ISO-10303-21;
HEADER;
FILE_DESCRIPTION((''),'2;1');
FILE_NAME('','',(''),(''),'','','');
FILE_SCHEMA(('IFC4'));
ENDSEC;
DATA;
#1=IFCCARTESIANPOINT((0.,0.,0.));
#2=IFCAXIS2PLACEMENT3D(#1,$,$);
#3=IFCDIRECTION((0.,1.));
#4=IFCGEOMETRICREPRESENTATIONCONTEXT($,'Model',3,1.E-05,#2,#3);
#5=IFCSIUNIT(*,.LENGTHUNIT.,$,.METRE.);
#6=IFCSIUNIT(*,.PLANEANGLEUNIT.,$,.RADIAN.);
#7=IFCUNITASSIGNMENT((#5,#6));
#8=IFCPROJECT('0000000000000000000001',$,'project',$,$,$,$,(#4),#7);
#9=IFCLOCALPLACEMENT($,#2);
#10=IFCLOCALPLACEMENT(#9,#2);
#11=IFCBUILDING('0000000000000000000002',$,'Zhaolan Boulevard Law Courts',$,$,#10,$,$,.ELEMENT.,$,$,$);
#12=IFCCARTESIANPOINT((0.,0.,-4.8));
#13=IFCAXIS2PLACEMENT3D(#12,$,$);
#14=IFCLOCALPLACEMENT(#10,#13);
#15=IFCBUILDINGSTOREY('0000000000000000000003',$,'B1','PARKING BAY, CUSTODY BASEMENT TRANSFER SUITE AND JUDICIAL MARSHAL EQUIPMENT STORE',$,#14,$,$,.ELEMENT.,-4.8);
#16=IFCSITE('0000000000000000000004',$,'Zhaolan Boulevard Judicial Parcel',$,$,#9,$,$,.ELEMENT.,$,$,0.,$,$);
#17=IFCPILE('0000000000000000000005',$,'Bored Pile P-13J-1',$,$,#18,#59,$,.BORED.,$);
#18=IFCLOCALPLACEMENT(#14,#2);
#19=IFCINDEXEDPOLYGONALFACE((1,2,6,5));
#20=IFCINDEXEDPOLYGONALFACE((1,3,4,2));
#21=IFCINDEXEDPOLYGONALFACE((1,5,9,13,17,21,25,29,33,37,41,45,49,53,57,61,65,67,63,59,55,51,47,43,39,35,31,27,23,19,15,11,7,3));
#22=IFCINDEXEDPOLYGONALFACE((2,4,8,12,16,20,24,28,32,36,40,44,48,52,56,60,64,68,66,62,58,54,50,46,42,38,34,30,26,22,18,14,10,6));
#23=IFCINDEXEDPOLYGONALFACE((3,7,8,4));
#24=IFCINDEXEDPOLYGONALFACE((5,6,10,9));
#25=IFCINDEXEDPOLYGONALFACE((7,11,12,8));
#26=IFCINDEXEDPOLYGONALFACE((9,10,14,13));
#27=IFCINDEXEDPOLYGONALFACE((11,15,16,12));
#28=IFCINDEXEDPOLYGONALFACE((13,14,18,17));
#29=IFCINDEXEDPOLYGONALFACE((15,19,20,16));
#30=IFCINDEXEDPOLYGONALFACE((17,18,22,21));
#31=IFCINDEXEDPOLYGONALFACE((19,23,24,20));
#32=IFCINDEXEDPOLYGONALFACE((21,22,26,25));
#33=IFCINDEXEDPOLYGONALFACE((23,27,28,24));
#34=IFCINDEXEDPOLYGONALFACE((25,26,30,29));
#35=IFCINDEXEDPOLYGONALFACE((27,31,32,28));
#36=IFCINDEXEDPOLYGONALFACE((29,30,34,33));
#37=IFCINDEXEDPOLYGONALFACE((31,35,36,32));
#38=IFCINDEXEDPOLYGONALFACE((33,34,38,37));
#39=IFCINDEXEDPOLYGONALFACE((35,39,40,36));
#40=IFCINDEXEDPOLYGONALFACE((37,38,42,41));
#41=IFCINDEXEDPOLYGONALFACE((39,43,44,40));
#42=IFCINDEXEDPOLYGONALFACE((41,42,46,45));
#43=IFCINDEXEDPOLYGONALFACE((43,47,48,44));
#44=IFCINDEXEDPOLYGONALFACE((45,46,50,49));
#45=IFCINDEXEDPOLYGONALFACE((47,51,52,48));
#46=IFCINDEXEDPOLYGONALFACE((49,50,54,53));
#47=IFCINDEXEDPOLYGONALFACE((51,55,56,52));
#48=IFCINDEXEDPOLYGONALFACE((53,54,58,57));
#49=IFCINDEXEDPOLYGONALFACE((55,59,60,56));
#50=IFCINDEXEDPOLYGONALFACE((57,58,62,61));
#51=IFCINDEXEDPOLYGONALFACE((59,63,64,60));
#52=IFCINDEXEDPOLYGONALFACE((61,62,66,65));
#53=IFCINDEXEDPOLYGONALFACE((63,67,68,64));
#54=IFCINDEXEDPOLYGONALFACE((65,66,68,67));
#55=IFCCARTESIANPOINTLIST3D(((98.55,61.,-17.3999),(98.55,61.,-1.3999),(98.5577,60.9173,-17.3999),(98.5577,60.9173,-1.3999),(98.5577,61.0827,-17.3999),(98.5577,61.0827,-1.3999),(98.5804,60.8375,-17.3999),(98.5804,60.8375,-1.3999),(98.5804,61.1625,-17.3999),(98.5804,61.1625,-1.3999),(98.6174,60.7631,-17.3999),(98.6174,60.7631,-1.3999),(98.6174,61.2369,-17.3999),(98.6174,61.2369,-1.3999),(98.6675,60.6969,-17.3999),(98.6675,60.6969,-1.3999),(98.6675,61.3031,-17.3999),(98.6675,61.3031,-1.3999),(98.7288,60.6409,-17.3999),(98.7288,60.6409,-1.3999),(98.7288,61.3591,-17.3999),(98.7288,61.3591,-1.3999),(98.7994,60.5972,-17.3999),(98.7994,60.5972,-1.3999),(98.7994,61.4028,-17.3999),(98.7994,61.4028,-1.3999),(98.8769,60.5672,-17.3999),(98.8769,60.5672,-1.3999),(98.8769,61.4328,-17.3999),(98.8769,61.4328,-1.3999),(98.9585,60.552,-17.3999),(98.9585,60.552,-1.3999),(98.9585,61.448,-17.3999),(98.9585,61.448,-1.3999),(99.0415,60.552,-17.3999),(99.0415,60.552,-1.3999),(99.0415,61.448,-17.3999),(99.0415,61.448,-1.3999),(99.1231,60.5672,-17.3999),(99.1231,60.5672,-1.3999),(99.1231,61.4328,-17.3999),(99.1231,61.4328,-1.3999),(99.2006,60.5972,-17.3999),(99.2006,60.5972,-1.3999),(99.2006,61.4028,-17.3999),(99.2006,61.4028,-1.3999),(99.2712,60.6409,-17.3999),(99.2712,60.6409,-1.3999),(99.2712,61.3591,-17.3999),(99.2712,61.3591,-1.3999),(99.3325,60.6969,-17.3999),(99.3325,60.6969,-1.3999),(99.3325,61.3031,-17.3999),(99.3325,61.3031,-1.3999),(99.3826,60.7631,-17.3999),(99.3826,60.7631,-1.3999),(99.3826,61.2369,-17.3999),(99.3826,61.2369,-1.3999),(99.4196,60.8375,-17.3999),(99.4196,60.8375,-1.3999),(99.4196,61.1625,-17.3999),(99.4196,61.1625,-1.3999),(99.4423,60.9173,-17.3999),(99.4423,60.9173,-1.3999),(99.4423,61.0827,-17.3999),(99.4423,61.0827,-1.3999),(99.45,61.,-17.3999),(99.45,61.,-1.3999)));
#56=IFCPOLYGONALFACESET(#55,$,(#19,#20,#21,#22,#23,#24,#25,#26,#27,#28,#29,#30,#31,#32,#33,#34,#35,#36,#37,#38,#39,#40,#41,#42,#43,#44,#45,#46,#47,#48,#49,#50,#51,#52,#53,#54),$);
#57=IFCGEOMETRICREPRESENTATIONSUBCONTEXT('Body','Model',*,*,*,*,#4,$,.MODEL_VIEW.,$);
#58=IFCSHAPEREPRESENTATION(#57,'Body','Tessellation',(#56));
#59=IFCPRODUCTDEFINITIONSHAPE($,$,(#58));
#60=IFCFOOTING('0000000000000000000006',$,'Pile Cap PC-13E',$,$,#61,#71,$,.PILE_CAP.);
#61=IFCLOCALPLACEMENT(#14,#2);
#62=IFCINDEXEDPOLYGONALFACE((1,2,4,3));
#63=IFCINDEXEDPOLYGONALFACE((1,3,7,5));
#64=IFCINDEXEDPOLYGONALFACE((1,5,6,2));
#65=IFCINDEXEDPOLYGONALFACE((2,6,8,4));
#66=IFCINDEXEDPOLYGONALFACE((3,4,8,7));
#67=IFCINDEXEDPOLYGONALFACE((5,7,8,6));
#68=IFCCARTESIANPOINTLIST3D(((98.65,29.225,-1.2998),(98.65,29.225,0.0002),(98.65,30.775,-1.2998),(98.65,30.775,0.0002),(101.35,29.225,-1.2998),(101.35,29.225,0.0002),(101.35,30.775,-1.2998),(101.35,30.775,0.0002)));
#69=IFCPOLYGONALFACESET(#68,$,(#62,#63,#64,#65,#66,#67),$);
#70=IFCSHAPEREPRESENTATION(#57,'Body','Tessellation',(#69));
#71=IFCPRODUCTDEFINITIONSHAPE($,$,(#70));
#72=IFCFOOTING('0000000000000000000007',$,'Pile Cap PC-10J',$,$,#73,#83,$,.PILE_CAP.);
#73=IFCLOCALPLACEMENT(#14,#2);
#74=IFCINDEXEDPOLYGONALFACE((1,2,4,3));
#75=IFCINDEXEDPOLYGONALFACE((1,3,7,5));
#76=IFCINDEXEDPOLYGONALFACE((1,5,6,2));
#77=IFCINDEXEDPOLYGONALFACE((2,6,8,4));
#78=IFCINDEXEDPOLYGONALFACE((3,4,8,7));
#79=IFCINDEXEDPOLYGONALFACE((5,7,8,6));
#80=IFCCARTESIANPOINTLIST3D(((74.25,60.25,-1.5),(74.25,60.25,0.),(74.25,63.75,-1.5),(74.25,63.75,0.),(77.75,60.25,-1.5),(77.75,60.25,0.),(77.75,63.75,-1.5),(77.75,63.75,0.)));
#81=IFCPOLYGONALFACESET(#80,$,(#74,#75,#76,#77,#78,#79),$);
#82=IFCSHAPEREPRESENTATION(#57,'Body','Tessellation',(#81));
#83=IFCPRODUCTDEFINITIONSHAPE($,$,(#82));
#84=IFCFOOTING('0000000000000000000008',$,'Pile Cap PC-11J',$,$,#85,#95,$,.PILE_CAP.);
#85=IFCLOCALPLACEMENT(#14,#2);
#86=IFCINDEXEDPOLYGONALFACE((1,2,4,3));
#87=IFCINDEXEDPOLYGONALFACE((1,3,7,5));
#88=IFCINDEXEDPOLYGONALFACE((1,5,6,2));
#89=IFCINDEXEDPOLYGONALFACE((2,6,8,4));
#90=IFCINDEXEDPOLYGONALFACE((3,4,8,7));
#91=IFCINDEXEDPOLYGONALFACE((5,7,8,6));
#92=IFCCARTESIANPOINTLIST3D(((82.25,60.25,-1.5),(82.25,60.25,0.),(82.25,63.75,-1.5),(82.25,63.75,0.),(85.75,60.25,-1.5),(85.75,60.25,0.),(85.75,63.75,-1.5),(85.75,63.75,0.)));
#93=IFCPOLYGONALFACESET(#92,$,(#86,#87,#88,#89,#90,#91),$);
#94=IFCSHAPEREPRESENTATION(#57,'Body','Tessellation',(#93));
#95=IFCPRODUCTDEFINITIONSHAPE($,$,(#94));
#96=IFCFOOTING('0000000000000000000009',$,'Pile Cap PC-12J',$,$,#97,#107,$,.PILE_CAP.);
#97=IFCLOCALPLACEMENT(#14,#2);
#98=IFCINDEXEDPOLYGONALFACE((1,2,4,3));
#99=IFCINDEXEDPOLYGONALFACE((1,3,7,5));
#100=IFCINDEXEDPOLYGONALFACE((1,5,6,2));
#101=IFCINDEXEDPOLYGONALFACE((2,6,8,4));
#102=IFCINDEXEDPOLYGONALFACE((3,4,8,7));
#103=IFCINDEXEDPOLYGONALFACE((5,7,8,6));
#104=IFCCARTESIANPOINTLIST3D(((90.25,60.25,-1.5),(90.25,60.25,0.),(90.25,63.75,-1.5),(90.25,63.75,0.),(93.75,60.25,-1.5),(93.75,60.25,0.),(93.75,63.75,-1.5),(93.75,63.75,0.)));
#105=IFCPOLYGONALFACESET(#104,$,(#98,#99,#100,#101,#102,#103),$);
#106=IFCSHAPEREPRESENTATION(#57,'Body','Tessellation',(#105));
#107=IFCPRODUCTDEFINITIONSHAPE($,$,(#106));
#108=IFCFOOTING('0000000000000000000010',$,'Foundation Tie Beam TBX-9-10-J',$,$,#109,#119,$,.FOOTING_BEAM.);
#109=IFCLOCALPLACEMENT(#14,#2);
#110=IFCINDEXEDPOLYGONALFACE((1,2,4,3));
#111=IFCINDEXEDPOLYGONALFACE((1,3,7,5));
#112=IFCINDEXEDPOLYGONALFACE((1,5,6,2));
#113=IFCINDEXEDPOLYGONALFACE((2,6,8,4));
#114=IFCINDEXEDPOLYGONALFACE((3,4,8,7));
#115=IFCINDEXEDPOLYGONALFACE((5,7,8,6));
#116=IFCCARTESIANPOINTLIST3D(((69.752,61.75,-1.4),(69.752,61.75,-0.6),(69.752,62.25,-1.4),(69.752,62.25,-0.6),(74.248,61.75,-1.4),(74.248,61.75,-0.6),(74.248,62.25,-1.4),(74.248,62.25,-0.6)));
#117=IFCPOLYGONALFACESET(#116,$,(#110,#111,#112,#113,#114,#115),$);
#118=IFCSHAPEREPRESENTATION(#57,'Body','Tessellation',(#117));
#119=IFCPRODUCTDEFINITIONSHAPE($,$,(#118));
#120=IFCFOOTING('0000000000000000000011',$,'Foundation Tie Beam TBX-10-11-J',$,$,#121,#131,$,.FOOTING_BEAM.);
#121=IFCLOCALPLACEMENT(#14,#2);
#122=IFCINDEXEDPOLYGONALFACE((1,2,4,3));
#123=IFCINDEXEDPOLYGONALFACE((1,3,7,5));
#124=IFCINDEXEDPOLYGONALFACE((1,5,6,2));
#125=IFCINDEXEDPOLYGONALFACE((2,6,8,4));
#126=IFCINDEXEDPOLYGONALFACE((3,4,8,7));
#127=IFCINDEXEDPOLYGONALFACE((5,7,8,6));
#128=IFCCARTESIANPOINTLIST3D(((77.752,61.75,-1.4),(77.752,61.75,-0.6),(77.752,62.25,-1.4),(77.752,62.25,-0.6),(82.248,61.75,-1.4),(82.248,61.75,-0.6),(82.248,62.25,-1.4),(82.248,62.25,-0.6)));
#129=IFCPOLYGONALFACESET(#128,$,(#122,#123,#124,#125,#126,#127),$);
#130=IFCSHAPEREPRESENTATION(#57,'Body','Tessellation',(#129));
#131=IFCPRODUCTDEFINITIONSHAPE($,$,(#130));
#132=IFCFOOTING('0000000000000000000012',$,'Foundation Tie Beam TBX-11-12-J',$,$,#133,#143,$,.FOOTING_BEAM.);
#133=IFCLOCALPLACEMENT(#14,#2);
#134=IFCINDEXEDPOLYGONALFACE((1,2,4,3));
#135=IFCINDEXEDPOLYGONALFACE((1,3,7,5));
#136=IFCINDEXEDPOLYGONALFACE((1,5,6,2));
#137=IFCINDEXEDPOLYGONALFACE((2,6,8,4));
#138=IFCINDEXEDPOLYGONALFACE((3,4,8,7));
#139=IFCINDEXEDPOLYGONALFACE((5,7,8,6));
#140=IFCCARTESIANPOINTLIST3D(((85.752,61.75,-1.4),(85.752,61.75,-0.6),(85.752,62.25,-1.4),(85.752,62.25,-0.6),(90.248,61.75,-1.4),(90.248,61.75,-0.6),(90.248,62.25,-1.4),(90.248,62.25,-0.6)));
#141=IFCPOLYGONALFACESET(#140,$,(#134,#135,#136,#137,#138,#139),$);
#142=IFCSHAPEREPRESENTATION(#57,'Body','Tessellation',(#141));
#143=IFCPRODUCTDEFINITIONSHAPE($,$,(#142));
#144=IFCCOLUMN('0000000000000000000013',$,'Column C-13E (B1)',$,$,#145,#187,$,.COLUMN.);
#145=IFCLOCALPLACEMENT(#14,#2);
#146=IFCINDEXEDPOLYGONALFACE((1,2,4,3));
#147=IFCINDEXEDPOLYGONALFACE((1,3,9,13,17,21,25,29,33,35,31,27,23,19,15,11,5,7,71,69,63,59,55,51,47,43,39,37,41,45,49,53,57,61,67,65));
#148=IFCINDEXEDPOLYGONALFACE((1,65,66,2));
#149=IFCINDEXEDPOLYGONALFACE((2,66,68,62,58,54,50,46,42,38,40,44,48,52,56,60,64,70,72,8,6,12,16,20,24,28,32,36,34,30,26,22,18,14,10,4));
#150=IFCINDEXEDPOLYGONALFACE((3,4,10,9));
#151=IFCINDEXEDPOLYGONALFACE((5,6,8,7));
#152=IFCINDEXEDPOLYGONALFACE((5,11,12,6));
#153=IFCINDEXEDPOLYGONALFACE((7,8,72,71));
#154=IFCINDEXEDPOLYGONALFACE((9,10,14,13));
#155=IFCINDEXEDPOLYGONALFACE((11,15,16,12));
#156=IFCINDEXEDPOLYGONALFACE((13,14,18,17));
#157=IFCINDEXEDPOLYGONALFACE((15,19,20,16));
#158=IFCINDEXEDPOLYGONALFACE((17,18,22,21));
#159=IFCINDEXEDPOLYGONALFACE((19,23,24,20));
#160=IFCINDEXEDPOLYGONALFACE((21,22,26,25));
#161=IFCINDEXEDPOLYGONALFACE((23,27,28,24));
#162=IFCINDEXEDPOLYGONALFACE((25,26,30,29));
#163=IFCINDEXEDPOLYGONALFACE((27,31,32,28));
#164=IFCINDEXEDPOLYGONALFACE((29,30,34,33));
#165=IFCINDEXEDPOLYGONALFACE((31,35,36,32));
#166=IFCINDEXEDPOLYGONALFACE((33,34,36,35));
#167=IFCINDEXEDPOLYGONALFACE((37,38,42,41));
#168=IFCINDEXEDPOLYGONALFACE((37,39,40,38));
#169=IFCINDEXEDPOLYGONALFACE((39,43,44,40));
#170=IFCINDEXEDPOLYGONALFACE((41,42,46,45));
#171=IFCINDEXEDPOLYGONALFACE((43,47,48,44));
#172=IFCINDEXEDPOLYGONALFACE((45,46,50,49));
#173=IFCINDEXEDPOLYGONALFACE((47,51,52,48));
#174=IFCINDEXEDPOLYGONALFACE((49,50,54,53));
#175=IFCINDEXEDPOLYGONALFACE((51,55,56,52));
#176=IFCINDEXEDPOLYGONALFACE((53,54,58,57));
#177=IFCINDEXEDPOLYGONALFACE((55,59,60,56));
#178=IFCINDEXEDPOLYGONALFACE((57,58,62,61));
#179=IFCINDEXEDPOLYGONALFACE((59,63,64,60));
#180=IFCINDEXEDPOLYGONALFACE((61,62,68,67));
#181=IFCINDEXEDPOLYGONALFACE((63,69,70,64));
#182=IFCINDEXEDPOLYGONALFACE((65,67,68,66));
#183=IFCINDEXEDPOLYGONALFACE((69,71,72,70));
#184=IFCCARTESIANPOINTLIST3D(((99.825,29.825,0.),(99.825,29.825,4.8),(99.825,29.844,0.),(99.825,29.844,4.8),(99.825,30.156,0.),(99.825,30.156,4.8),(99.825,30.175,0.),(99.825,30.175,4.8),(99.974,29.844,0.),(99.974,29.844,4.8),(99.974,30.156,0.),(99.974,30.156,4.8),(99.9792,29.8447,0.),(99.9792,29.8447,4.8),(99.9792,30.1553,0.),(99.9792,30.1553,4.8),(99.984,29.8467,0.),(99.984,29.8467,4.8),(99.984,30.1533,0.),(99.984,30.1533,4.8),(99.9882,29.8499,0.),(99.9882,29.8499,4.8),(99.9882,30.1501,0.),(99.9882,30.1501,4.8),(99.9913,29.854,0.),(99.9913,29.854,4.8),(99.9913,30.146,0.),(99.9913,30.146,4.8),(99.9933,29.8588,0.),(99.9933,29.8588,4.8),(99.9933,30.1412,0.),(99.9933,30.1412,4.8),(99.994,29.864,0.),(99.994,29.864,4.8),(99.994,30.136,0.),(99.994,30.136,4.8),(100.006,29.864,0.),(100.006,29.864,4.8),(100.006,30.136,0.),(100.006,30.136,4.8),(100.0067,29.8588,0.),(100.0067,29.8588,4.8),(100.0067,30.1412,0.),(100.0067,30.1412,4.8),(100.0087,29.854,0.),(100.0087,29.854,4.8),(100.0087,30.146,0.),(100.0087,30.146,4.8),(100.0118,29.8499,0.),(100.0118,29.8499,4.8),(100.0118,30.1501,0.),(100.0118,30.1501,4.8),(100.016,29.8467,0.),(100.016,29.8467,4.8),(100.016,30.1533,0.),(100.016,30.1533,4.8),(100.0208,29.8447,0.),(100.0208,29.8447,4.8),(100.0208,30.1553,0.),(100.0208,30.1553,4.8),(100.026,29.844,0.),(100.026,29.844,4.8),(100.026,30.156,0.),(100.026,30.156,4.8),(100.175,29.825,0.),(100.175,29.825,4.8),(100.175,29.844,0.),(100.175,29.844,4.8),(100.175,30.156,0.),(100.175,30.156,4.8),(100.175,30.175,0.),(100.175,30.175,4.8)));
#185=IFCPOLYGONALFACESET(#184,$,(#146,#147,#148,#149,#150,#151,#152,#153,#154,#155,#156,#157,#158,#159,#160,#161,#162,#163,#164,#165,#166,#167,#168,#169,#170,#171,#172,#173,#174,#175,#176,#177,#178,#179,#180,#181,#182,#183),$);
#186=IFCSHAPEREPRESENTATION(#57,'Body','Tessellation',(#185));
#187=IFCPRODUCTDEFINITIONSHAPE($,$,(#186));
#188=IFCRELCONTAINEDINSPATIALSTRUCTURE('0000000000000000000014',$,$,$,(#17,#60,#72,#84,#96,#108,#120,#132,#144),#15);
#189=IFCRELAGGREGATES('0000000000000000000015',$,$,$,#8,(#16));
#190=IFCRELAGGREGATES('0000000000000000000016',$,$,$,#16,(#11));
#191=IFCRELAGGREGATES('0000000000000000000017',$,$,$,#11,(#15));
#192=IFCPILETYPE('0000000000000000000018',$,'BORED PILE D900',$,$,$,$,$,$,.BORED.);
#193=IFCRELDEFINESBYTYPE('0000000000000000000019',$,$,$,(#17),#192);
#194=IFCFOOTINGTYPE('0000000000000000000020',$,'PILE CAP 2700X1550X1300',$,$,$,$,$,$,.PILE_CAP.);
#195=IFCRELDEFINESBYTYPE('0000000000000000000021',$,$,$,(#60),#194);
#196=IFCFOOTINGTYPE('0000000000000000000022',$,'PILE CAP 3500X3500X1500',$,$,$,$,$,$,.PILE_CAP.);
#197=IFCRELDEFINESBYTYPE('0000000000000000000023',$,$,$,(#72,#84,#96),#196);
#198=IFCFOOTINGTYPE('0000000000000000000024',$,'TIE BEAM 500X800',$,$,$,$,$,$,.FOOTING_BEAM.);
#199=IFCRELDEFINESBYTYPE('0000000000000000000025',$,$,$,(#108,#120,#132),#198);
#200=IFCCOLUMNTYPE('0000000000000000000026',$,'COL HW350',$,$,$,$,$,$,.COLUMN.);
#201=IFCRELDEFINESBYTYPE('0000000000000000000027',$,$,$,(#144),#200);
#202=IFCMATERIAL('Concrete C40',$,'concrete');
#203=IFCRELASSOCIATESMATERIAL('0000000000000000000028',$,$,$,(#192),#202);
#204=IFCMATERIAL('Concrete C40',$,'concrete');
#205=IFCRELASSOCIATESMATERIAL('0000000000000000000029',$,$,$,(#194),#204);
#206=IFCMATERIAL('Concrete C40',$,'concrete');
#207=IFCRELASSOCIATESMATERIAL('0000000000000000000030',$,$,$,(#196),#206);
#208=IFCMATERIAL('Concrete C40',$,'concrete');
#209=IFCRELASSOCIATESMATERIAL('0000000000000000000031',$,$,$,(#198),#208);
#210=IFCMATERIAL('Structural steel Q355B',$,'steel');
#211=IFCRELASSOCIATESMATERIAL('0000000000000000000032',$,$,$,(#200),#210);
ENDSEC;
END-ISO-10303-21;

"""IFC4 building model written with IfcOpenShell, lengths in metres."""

from ifc_helpers import new_model, si_unit, direction, frame, origin, origin_2d, place, context, subcontext, project, spatial, rectangle, circle, i_section, extrude, material, material_profile, profile_set, type_object, element, save


model = new_model("IFC4")

# Units and contexts
model_context = context("Model", 3, precision=1e-05, world=origin(), true_north=direction((0.0, 1.0)))
body_context = subcontext(model_context, "Body", "Model", "MODEL_VIEW")
ifc_project = project(units=[si_unit("LENGTHUNIT", "METRE"), si_unit("PLANEANGLEUNIT", "RADIAN")], contexts=[model_context])

# Site, building, storey
site_placement = place(None, origin())
site = spatial("IfcSite", under=ifc_project, at=site_placement, Name="Zhaolan Boulevard Judicial Parcel", CompositionType="ELEMENT", RefElevation=0.0)
building_placement = place(site_placement, origin())
building = spatial("IfcBuilding", under=site, at=building_placement, Name="Zhaolan Boulevard Law Courts", CompositionType="ELEMENT")
storey_placement = place(building_placement, frame((0.0, 0.0, -4.8)))
storey = spatial("IfcBuildingStorey", under=building, at=storey_placement, Name="B1", Description="PARKING BAY, CUSTODY BASEMENT TRANSFER SUITE AND JUDICIAL MARSHAL EQUIPMENT STORE", CompositionType="ELEMENT", Elevation=-4.8)

# Pile
ifc_material_1 = material(Name="Concrete C40", Category="concrete")
ifc_material_profile_1 = material_profile(ifc_material_1, circle(Radius=0.45, at=origin_2d()), Name="PILE-D900")
ifc_profile_set_1 = profile_set([ifc_material_profile_1], Name="Concrete C40")
pile_type_1 = type_object("IfcPileType", Name="BORED PILE D900", PredefinedType="BORED", material=ifc_profile_set_1)
for number, where, z_axis, x_axis, name in (
    (1, (99.0, 61.0, -1.3999), (0.0, 0.0, -1.0), (1.0, 0.0, 0.0), "Bored Pile P-13J-1"),
):
    element("IfcPile", number, at=place(storey_placement, frame(where, z_axis=z_axis, x_axis=x_axis)), inside=storey, type_object=pile_type_1, Name=name, PredefinedType="BORED", context=body_context, shape_type="SweptSolid", body=[
        extrude(circle(Radius=0.45, at=origin_2d()), origin(), (0.0, 0.0, 1.0), 16.0),
    ])

# Footings
ifc_material_2 = material(Name="Concrete C40", Category="concrete")
footing_type_1 = type_object("IfcFootingType", Name="PILE CAP 2700X1550X1300", PredefinedType="PILE_CAP", material=ifc_material_2)
footing_placement = place(storey_placement, frame((100.0, 30.0, -1.2998), z_axis=(0.0, 0.0, 1.0), x_axis=(1.0, 0.0, 0.0)))
element("IfcFooting", 2, at=footing_placement, inside=storey, type_object=footing_type_1, Name="Pile Cap PC-13E", PredefinedType="PILE_CAP", context=body_context, shape_type="SweptSolid", body=[
    extrude(rectangle(XDim=2.7, YDim=1.55, at=origin_2d()), origin(), (0.0, 0.0, 1.0), 1.3),
])
ifc_material_3 = material(Name="Concrete C40", Category="concrete")
footing_type_2 = type_object("IfcFootingType", Name="PILE CAP 3500X3500X1500", PredefinedType="PILE_CAP", material=ifc_material_3)
for number, where, z_axis, x_axis, name in (
    (3, (76.0, 62.0, -1.5), (0.0, 0.0, 1.0), (1.0, 0.0, 0.0), "Pile Cap PC-10J"),
    (4, (84.0, 62.0, -1.5), (0.0, 0.0, 1.0), (1.0, 0.0, 0.0), "Pile Cap PC-11J"),
    (5, (92.0, 62.0, -1.5), (0.0, 0.0, 1.0), (1.0, 0.0, 0.0), "Pile Cap PC-12J"),
):
    element("IfcFooting", number, at=place(storey_placement, frame(where, z_axis=z_axis, x_axis=x_axis)), inside=storey, type_object=footing_type_2, Name=name, PredefinedType="PILE_CAP", context=body_context, shape_type="SweptSolid", body=[
        extrude(rectangle(XDim=3.5, YDim=3.5, at=origin_2d()), origin(), (0.0, 0.0, 1.0), 1.5),
    ])
ifc_material_4 = material(Name="Concrete C40", Category="concrete")
ifc_material_profile_2 = material_profile(ifc_material_4, rectangle(XDim=0.5, YDim=0.8, at=origin_2d()), Name="RC500x800")
ifc_profile_set_2 = profile_set([ifc_material_profile_2], Name="Concrete C40")
footing_type_3 = type_object("IfcFootingType", Name="TIE BEAM 500X800", PredefinedType="FOOTING_BEAM", material=ifc_profile_set_2)
for number, where, z_axis, x_axis, name in (
    (6, (69.752, 62.0, -1.0), (1.0, 0.0, 0.0), (0.0, 1.0, 0.0), "Foundation Tie Beam TBX-9-10-J"),
    (7, (77.752, 62.0, -1.0), (1.0, 0.0, 0.0), (0.0, 1.0, 0.0), "Foundation Tie Beam TBX-10-11-J"),
    (8, (85.752, 62.0, -1.0), (1.0, 0.0, 0.0), (0.0, 1.0, 0.0), "Foundation Tie Beam TBX-11-12-J"),
):
    element("IfcFooting", number, at=place(storey_placement, frame(where, z_axis=z_axis, x_axis=x_axis)), inside=storey, type_object=footing_type_3, Name=name, PredefinedType="FOOTING_BEAM", context=body_context, shape_type="SweptSolid", body=[
        extrude(rectangle(XDim=0.5, YDim=0.8, at=origin_2d()), origin(), (0.0, 0.0, 1.0), 4.4961),
    ])

# Column
ifc_material_5 = material(Name="Structural steel Q355B", Category="steel")
ifc_material_profile_3 = material_profile(ifc_material_5, i_section(OverallWidth=0.3501, OverallDepth=0.3501, WebThickness=0.012, FlangeThickness=0.019, FilletRadius=0.02, at=origin_2d()), Name="HW350x350")
ifc_profile_set_3 = profile_set([ifc_material_profile_3], Name="Structural steel Q355B")
column_type_1 = type_object("IfcColumnType", Name="COL HW350", PredefinedType="COLUMN", material=ifc_profile_set_3)
column_placement = place(storey_placement, frame((100.0, 30.0, 0.0), z_axis=(0.0, 0.0, 1.0), x_axis=(1.0, 0.0, 0.0)))
element("IfcColumn", 9, at=column_placement, inside=storey, type_object=column_type_1, Name="Column C-13E (B1)", PredefinedType="COLUMN", context=body_context, shape_type="SweptSolid", body=[
    extrude(i_section(OverallWidth=0.3501, OverallDepth=0.3501, WebThickness=0.012, FlangeThickness=0.019, FilletRadius=0.02, at=origin_2d()), origin(), (0.0, 0.0, 1.0), 4.8),
])

save(model, "model.ifc")
